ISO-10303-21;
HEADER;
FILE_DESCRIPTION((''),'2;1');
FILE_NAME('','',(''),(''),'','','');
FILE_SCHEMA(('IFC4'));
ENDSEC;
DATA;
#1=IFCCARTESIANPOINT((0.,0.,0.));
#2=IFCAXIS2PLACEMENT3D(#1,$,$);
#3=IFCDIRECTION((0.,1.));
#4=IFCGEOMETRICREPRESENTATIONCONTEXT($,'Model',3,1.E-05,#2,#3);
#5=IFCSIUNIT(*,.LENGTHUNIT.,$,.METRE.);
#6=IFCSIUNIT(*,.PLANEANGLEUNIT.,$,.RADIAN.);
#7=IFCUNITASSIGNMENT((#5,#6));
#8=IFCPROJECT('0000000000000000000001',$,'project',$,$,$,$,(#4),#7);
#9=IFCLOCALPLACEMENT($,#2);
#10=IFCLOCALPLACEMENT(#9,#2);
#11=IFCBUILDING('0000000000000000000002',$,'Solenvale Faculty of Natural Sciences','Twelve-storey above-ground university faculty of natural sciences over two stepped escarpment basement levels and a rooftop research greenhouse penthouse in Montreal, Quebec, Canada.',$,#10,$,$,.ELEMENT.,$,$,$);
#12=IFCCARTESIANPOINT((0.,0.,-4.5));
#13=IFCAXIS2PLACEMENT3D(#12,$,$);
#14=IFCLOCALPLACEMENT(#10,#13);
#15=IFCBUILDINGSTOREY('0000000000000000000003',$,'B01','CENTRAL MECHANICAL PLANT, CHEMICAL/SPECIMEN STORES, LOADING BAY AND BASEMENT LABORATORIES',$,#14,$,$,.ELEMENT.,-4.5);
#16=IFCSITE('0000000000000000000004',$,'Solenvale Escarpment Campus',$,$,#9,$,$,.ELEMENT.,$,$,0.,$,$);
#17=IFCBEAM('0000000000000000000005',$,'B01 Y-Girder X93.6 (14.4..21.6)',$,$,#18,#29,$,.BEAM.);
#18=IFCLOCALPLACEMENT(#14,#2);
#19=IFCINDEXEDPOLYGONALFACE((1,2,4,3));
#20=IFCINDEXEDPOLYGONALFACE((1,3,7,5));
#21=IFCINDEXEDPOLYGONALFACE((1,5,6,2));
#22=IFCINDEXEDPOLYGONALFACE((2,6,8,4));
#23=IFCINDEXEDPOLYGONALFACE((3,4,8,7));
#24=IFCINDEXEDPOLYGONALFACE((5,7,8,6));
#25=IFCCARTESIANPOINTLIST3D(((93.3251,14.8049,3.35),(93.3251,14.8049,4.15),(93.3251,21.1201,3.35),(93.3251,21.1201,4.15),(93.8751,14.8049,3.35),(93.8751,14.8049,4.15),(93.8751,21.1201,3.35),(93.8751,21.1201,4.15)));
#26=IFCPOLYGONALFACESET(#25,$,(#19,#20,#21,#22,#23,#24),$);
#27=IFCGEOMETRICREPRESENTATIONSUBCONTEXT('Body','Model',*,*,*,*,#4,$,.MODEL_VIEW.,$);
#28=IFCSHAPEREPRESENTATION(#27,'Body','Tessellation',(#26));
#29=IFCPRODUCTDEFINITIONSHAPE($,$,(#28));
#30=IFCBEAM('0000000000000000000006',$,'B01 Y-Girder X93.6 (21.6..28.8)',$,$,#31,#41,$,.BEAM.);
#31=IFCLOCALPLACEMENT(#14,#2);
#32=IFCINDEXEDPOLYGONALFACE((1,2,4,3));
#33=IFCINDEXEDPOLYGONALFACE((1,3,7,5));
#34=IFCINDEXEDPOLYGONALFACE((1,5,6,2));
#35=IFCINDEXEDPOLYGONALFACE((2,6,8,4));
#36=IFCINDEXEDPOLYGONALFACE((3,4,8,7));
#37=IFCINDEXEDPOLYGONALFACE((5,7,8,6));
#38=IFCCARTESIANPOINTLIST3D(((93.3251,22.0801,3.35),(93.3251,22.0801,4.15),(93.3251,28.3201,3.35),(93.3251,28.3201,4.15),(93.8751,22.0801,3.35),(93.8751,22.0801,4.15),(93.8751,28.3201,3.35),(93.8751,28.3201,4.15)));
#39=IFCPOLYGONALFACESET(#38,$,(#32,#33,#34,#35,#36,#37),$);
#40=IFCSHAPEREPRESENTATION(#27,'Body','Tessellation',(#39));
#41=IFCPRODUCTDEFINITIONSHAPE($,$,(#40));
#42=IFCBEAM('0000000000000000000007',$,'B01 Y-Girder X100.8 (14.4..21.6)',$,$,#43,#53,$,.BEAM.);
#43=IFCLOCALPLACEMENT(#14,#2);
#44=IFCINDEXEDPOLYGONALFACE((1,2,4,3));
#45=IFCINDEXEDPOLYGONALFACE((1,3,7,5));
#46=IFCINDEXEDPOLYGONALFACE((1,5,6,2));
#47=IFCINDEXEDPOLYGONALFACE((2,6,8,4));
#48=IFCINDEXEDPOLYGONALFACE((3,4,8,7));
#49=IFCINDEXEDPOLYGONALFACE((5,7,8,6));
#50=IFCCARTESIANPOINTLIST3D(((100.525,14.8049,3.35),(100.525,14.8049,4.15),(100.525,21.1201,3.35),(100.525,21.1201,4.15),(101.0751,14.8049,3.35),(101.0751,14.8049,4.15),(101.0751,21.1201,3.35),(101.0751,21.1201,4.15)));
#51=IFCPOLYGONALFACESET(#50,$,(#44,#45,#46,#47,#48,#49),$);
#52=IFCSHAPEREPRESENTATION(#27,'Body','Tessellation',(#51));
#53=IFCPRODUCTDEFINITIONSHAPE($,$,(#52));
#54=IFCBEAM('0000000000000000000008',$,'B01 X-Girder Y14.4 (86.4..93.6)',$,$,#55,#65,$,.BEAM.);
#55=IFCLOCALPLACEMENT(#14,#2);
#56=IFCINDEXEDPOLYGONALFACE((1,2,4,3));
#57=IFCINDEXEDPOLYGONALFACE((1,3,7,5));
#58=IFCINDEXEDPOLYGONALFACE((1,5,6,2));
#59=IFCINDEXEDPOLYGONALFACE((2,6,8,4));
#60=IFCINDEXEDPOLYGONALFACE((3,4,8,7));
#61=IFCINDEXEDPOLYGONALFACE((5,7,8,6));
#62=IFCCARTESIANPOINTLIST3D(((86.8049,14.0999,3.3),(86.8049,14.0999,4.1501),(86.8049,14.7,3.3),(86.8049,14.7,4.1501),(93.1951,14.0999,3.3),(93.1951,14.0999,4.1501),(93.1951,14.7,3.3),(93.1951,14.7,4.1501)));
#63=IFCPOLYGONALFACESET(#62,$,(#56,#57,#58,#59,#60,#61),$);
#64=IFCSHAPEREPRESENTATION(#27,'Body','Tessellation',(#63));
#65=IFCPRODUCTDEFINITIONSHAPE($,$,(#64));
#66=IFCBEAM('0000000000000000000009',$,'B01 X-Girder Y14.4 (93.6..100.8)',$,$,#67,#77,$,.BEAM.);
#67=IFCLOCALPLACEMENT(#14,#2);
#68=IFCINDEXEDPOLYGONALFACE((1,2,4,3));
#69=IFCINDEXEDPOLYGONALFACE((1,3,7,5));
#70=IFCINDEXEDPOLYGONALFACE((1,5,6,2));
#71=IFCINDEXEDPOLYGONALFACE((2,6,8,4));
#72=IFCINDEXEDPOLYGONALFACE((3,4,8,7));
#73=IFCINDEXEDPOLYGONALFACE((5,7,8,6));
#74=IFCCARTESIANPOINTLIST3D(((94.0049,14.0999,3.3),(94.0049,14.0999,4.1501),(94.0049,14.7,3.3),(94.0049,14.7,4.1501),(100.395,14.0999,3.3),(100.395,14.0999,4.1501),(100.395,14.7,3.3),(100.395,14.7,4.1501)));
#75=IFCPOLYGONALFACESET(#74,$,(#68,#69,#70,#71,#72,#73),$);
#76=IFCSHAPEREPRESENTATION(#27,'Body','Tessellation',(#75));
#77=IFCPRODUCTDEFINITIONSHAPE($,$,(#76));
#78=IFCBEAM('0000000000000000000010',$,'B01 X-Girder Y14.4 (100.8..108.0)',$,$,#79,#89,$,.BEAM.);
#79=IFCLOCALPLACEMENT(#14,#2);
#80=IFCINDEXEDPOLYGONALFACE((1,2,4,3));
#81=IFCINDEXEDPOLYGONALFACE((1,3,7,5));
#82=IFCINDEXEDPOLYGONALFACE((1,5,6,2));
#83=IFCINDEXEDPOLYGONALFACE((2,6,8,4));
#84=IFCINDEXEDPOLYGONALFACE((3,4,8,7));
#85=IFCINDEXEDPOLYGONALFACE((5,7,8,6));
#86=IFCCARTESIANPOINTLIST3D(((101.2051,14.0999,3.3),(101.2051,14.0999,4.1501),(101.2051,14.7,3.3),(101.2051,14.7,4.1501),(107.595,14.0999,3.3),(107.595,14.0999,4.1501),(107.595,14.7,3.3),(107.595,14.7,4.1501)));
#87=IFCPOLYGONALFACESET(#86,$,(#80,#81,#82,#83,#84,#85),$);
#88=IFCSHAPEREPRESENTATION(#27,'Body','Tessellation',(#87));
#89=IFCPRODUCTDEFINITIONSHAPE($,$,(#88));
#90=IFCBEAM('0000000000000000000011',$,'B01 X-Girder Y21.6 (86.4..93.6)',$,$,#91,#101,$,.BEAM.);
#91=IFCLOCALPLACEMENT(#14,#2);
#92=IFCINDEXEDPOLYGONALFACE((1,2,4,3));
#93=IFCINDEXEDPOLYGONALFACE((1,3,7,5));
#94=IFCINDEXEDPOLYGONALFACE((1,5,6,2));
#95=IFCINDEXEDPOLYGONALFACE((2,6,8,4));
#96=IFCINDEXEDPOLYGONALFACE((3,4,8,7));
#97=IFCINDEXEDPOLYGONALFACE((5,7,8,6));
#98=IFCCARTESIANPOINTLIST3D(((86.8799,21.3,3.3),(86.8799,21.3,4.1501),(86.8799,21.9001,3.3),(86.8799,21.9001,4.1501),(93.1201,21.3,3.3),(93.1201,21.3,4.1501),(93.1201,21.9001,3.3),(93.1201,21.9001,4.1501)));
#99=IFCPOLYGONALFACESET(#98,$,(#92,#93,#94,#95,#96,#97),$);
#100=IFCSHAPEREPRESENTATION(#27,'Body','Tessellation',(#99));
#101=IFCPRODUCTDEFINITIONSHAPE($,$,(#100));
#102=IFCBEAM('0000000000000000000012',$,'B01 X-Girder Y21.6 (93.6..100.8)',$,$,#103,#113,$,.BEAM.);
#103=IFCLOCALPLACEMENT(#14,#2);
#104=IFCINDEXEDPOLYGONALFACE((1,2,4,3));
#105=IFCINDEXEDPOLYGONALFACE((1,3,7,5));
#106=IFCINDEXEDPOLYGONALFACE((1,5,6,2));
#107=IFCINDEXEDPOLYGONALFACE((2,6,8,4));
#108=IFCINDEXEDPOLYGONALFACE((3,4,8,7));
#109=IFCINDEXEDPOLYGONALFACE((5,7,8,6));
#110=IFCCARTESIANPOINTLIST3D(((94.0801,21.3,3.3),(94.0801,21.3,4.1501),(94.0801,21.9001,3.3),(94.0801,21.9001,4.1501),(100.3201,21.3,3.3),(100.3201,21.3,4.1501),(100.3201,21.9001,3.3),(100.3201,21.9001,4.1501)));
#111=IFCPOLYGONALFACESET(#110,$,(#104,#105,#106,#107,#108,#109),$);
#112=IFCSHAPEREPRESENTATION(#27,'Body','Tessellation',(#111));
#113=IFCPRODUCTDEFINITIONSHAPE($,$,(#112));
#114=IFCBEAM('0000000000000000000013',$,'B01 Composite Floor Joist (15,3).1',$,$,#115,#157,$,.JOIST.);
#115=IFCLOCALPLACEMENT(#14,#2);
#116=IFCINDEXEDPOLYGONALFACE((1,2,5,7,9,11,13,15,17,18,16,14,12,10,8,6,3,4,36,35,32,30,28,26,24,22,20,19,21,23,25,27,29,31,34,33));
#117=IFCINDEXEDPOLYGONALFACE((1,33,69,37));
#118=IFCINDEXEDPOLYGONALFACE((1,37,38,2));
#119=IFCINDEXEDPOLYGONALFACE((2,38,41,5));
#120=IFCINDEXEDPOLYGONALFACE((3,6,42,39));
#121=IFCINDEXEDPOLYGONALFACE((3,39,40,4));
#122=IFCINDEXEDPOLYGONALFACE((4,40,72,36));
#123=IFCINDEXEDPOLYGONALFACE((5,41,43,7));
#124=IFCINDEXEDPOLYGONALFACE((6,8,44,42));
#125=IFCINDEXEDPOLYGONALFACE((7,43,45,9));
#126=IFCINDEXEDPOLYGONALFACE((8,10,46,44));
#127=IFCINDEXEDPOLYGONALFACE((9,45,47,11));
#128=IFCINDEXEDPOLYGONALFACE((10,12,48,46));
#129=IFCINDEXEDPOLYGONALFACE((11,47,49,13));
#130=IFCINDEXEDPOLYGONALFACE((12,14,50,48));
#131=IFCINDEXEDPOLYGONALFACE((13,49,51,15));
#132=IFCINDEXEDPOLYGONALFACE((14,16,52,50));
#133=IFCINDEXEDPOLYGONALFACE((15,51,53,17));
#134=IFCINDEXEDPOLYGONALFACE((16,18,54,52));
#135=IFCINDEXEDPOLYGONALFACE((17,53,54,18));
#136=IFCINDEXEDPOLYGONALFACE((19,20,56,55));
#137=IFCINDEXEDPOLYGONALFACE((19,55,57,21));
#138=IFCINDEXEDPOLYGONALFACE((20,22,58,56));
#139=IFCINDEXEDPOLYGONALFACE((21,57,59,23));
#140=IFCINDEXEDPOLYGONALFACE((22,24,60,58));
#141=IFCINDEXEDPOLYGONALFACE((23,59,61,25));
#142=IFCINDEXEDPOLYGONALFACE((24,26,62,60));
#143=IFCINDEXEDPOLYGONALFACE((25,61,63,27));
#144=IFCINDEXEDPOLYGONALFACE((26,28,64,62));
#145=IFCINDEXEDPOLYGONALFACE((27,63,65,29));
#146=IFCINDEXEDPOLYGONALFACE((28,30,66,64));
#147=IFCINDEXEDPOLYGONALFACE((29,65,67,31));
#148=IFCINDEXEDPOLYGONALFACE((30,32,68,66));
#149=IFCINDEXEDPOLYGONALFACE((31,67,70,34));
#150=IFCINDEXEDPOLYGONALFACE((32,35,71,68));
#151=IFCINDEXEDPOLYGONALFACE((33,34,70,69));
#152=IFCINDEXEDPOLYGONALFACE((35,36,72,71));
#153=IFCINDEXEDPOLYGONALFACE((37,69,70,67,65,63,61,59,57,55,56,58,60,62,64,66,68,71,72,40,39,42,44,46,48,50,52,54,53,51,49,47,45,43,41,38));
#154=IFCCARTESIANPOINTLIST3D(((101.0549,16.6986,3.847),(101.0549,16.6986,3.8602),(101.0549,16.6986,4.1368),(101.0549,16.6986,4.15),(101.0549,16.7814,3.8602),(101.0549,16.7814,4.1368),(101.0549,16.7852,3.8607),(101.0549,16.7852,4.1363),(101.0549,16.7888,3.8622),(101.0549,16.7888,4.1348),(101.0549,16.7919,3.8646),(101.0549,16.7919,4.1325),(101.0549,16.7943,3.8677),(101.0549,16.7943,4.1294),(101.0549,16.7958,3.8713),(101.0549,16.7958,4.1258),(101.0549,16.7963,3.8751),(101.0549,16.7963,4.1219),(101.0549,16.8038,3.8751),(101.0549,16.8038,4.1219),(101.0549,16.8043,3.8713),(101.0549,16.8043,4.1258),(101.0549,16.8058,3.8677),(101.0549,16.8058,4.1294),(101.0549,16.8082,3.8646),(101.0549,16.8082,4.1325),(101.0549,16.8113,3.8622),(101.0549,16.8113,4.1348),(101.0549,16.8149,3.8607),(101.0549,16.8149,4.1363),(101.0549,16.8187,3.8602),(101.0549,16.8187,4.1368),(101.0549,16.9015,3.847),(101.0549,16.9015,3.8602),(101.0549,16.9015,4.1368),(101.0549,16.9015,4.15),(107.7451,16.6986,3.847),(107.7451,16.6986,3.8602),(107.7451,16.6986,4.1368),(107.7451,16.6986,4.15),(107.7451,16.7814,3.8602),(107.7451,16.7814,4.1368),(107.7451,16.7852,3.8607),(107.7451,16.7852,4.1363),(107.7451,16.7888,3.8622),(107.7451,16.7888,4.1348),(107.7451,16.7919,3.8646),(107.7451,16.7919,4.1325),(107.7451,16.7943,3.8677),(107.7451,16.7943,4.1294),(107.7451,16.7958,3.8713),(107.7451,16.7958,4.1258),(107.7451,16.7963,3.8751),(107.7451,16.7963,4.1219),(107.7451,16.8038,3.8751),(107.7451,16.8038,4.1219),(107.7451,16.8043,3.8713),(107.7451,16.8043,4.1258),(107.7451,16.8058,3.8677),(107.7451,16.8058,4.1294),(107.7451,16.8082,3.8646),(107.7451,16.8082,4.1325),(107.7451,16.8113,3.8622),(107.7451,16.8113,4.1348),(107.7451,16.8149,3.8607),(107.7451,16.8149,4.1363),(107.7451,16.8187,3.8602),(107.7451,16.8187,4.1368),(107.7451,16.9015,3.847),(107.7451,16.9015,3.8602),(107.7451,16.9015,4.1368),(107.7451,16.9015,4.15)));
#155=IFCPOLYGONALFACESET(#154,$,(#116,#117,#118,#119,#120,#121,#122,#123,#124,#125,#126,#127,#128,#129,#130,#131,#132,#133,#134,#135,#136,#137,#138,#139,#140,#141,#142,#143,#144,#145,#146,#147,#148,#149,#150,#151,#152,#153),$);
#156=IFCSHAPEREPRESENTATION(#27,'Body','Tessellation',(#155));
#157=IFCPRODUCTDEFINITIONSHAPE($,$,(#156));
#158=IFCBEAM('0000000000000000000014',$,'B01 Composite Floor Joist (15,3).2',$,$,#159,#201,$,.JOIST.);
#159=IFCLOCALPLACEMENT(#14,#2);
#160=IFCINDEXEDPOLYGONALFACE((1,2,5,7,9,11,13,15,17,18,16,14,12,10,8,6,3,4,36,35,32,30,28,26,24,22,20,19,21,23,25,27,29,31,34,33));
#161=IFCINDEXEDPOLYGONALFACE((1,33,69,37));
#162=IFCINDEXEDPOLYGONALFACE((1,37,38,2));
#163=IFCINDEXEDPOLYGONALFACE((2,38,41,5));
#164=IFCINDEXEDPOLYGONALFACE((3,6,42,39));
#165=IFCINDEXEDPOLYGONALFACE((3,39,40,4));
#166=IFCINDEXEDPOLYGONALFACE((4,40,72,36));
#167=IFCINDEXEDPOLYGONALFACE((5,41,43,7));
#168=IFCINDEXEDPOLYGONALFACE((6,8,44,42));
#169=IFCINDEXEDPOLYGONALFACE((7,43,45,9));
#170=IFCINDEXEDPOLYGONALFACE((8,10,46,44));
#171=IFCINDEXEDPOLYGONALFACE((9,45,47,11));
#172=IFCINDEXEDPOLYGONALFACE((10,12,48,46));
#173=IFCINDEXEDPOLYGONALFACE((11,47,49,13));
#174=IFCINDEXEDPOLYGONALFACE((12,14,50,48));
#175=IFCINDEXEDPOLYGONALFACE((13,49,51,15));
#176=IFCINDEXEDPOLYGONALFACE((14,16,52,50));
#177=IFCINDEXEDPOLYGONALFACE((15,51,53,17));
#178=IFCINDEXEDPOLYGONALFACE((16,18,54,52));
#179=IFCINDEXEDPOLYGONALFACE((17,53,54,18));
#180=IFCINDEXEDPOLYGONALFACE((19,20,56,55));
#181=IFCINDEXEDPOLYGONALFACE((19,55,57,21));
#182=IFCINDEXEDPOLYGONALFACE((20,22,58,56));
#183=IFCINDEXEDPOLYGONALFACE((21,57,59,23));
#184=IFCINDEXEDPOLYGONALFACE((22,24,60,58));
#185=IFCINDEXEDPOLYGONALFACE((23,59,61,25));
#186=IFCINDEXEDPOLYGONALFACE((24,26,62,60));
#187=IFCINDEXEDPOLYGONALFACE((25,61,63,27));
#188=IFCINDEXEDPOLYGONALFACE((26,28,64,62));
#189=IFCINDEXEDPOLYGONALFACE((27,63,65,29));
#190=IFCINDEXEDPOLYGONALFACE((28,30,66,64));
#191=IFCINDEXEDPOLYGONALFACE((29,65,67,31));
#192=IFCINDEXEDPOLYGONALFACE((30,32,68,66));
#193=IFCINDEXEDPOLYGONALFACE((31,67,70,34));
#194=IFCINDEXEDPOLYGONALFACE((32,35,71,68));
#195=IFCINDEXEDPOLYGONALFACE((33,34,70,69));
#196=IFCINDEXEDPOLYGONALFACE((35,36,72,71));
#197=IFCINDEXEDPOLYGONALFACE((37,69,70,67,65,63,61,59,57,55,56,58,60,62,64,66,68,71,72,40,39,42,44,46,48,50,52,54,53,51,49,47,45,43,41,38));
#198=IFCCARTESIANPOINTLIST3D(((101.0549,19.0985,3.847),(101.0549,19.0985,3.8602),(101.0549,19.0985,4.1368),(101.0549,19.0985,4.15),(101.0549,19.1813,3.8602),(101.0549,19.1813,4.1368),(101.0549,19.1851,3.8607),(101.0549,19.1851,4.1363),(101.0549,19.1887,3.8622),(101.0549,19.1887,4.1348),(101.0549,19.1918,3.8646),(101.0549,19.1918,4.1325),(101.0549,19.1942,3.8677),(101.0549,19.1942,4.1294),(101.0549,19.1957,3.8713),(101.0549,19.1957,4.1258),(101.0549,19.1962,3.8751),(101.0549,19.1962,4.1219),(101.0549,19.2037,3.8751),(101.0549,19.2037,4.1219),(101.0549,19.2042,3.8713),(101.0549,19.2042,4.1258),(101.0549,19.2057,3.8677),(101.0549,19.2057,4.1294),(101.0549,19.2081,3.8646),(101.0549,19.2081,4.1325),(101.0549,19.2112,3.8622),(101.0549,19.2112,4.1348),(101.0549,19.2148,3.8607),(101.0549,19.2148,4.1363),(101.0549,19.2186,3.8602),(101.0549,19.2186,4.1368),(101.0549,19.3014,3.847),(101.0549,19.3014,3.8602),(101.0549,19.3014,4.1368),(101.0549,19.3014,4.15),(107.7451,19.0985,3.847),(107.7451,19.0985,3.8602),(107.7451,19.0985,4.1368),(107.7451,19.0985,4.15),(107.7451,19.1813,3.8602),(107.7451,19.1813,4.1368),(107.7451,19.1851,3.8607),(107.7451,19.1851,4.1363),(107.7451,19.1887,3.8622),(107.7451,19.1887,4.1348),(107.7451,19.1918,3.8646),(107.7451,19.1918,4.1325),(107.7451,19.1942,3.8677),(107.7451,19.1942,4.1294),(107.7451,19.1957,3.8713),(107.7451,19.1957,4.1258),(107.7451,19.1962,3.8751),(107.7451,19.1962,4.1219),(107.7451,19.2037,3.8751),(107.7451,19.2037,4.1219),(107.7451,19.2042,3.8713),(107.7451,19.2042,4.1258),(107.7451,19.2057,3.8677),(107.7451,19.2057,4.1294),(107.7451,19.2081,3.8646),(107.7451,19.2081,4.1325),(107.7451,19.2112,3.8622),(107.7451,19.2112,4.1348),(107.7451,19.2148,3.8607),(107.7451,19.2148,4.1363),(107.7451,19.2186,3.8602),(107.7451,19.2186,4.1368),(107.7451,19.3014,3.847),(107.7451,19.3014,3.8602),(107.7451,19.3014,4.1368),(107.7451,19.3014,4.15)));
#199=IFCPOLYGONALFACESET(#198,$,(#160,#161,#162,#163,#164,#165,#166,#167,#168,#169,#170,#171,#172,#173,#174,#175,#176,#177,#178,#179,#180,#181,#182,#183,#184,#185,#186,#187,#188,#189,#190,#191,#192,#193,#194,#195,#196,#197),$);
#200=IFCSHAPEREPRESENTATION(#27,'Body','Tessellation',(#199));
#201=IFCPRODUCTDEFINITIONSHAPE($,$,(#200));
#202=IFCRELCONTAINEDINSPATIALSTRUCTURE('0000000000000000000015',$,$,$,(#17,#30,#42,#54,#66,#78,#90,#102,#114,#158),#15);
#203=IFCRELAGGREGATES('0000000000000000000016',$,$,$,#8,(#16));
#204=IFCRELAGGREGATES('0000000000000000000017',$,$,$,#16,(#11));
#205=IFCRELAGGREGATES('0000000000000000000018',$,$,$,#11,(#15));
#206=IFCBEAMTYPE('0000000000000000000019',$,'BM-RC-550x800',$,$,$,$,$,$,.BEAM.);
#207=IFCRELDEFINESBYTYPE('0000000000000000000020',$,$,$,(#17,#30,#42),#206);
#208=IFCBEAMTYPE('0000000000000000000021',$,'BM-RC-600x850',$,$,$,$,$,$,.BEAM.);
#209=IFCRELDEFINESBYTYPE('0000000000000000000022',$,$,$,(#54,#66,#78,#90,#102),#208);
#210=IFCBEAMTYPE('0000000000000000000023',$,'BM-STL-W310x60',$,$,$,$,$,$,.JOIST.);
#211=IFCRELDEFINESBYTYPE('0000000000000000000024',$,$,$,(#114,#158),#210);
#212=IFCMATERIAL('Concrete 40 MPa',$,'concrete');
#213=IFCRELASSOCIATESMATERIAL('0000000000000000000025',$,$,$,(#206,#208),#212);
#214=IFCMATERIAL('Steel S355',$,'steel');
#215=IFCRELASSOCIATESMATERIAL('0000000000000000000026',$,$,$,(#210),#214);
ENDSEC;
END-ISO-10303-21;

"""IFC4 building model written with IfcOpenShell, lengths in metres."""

from ifc_helpers import new_model, si_unit, direction, frame, origin, origin_2d, place, context, subcontext, project, spatial, rectangle, i_section, extrude, material, material_profile, profile_set, type_object, element, save


model = new_model("IFC4")

# Units and contexts
model_context = context("Model", 3, precision=1e-05, world=origin(), true_north=direction((0.0, 1.0)))
body_context = subcontext(model_context, "Body", "Model", "MODEL_VIEW")
ifc_project = project(units=[si_unit("LENGTHUNIT", "METRE"), si_unit("PLANEANGLEUNIT", "RADIAN")], contexts=[model_context])

# Site, building, storey
site_placement = place(None, origin())
site = spatial("IfcSite", under=ifc_project, at=site_placement, Name="Solenvale Escarpment Campus", CompositionType="ELEMENT", RefElevation=0.0)
building_placement = place(site_placement, origin())
building = spatial("IfcBuilding", under=site, at=building_placement, Name="Solenvale Faculty of Natural Sciences", Description="Twelve-storey above-ground university faculty of natural sciences over two stepped escarpment basement levels and a rooftop research greenhouse penthouse in Montreal, Quebec, Canada.", CompositionType="ELEMENT")
storey_placement = place(building_placement, frame((0.0, 0.0, -4.5)))
storey = spatial("IfcBuildingStorey", under=building, at=storey_placement, Name="B01", Description="CENTRAL MECHANICAL PLANT, CHEMICAL/SPECIMEN STORES, LOADING BAY AND BASEMENT LABORATORIES", CompositionType="ELEMENT", Elevation=-4.5)

# Shared definitions
ifc_material_1 = material(Name="Concrete 40 MPa", Category="concrete")

# Beams
ifc_material_profile_1 = material_profile(ifc_material_1, rectangle(XDim=0.55, YDim=0.8, at=origin_2d()), Name="RC-BM-550x800")
ifc_profile_set_1 = profile_set([ifc_material_profile_1], Name="Concrete 40 MPa")
beam_type_1 = type_object("IfcBeamType", Name="BM-RC-550x800", PredefinedType="BEAM", material=ifc_profile_set_1)
beam_1_placement = place(storey_placement, frame((93.6001, 14.8049, 3.75), z_axis=(0.0, 1.0, 0.0), x_axis=(-1.0, 0.0, 0.0)))
element("IfcBeam", 1, at=beam_1_placement, inside=storey, type_object=beam_type_1, Name="B01 Y-Girder X93.6 (14.4..21.6)", PredefinedType="BEAM", context=body_context, shape_type="SweptSolid", body=[
    extrude(rectangle(XDim=0.55, YDim=0.8, at=origin_2d()), origin(), (0.0, 0.0, 1.0), 6.3152),
])
beam_2_placement = place(storey_placement, frame((93.6001, 22.0801, 3.75), z_axis=(0.0, 1.0, 0.0), x_axis=(-1.0, 0.0, 0.0)))
element("IfcBeam", 2, at=beam_2_placement, inside=storey, type_object=beam_type_1, Name="B01 Y-Girder X93.6 (21.6..28.8)", PredefinedType="BEAM", context=body_context, shape_type="SweptSolid", body=[
    extrude(rectangle(XDim=0.55, YDim=0.8, at=origin_2d()), origin(), (0.0, 0.0, 1.0), 6.24),
])
beam_3_placement = place(storey_placement, frame((100.8, 14.8049, 3.75), z_axis=(0.0, 1.0, 0.0), x_axis=(-1.0, 0.0, 0.0)))
element("IfcBeam", 3, at=beam_3_placement, inside=storey, type_object=beam_type_1, Name="B01 Y-Girder X100.8 (14.4..21.6)", PredefinedType="BEAM", context=body_context, shape_type="SweptSolid", body=[
    extrude(rectangle(XDim=0.55, YDim=0.8, at=origin_2d()), origin(), (0.0, 0.0, 1.0), 6.3152),
])
ifc_material_profile_2 = material_profile(ifc_material_1, rectangle(XDim=0.6001, YDim=0.8501, at=origin_2d()), Name="RC-BM-600x850")
ifc_profile_set_2 = profile_set([ifc_material_profile_2], Name="Concrete 40 MPa")
beam_type_2 = type_object("IfcBeamType", Name="BM-RC-600x850", PredefinedType="BEAM", material=ifc_profile_set_2)
for number, where, z_axis, x_axis, name in (
    (4, (86.8049, 14.3999, 3.7251), (1.0, 0.0, 0.0), (0.0, 1.0, 0.0), "B01 X-Girder Y14.4 (86.4..93.6)"),
    (5, (94.0049, 14.3999, 3.7251), (1.0, 0.0, 0.0), (0.0, 1.0, 0.0), "B01 X-Girder Y14.4 (93.6..100.8)"),
):
    element("IfcBeam", number, at=place(storey_placement, frame(where, z_axis=z_axis, x_axis=x_axis)), inside=storey, type_object=beam_type_2, Name=name, PredefinedType="BEAM", context=body_context, shape_type="SweptSolid", body=[
        extrude(rectangle(XDim=0.6001, YDim=0.8501, at=origin_2d()), origin(), (0.0, 0.0, 1.0), 6.3901),
    ])
beam_4_placement = place(storey_placement, frame((101.2051, 14.3999, 3.7251), z_axis=(1.0, 0.0, 0.0), x_axis=(0.0, 1.0, 0.0)))
element("IfcBeam", 6, at=beam_4_placement, inside=storey, type_object=beam_type_2, Name="B01 X-Girder Y14.4 (100.8..108.0)", PredefinedType="BEAM", context=body_context, shape_type="SweptSolid", body=[
    extrude(rectangle(XDim=0.6001, YDim=0.8501, at=origin_2d()), origin(), (0.0, 0.0, 1.0), 6.3899),
])
beam_5_placement = place(storey_placement, frame((86.8799, 21.6001, 3.7251), z_axis=(1.0, 0.0, 0.0), x_axis=(0.0, 1.0, 0.0)))
element("IfcBeam", 7, at=beam_5_placement, inside=storey, type_object=beam_type_2, Name="B01 X-Girder Y21.6 (86.4..93.6)", PredefinedType="BEAM", context=body_context, shape_type="SweptSolid", body=[
    extrude(rectangle(XDim=0.6001, YDim=0.8501, at=origin_2d()), origin(), (0.0, 0.0, 1.0), 6.2402),
])
beam_6_placement = place(storey_placement, frame((94.0801, 21.6001, 3.7251), z_axis=(1.0, 0.0, 0.0), x_axis=(0.0, 1.0, 0.0)))
element("IfcBeam", 8, at=beam_6_placement, inside=storey, type_object=beam_type_2, Name="B01 X-Girder Y21.6 (93.6..100.8)", PredefinedType="BEAM", context=body_context, shape_type="SweptSolid", body=[
    extrude(rectangle(XDim=0.6001, YDim=0.8501, at=origin_2d()), origin(), (0.0, 0.0, 1.0), 6.24),
])
ifc_material_2 = material(Name="Steel S355", Category="steel")
ifc_material_profile_3 = material_profile(ifc_material_2, i_section(OverallWidth=0.2029, OverallDepth=0.303, WebThickness=0.0076, FlangeThickness=0.0132, FilletRadius=0.0149, at=origin_2d()), Name="W310x60")
ifc_profile_set_3 = profile_set([ifc_material_profile_3], Name="Steel S355")
beam_type_3 = type_object("IfcBeamType", Name="BM-STL-W310x60", PredefinedType="JOIST", material=ifc_profile_set_3)
for number, where, z_axis, x_axis, name in (
    (9, (101.0549, 16.8, 3.9985), (1.0, 0.0, 0.0), (0.0, 1.0, 0.0), "B01 Composite Floor Joist (15,3).1"),
    (10, (101.0549, 19.2, 3.9985), (1.0, 0.0, 0.0), (0.0, 1.0, 0.0), "B01 Composite Floor Joist (15,3).2"),
):
    element("IfcBeam", number, at=place(storey_placement, frame(where, z_axis=z_axis, x_axis=x_axis)), inside=storey, type_object=beam_type_3, Name=name, PredefinedType="JOIST", context=body_context, shape_type="SweptSolid", body=[
        extrude(i_section(OverallWidth=0.2029, OverallDepth=0.303, WebThickness=0.0076, FlangeThickness=0.0132, FilletRadius=0.0149, at=origin_2d()), origin(), (0.0, 0.0, 1.0), 6.6902),
    ])

save(model, "model.ifc")
